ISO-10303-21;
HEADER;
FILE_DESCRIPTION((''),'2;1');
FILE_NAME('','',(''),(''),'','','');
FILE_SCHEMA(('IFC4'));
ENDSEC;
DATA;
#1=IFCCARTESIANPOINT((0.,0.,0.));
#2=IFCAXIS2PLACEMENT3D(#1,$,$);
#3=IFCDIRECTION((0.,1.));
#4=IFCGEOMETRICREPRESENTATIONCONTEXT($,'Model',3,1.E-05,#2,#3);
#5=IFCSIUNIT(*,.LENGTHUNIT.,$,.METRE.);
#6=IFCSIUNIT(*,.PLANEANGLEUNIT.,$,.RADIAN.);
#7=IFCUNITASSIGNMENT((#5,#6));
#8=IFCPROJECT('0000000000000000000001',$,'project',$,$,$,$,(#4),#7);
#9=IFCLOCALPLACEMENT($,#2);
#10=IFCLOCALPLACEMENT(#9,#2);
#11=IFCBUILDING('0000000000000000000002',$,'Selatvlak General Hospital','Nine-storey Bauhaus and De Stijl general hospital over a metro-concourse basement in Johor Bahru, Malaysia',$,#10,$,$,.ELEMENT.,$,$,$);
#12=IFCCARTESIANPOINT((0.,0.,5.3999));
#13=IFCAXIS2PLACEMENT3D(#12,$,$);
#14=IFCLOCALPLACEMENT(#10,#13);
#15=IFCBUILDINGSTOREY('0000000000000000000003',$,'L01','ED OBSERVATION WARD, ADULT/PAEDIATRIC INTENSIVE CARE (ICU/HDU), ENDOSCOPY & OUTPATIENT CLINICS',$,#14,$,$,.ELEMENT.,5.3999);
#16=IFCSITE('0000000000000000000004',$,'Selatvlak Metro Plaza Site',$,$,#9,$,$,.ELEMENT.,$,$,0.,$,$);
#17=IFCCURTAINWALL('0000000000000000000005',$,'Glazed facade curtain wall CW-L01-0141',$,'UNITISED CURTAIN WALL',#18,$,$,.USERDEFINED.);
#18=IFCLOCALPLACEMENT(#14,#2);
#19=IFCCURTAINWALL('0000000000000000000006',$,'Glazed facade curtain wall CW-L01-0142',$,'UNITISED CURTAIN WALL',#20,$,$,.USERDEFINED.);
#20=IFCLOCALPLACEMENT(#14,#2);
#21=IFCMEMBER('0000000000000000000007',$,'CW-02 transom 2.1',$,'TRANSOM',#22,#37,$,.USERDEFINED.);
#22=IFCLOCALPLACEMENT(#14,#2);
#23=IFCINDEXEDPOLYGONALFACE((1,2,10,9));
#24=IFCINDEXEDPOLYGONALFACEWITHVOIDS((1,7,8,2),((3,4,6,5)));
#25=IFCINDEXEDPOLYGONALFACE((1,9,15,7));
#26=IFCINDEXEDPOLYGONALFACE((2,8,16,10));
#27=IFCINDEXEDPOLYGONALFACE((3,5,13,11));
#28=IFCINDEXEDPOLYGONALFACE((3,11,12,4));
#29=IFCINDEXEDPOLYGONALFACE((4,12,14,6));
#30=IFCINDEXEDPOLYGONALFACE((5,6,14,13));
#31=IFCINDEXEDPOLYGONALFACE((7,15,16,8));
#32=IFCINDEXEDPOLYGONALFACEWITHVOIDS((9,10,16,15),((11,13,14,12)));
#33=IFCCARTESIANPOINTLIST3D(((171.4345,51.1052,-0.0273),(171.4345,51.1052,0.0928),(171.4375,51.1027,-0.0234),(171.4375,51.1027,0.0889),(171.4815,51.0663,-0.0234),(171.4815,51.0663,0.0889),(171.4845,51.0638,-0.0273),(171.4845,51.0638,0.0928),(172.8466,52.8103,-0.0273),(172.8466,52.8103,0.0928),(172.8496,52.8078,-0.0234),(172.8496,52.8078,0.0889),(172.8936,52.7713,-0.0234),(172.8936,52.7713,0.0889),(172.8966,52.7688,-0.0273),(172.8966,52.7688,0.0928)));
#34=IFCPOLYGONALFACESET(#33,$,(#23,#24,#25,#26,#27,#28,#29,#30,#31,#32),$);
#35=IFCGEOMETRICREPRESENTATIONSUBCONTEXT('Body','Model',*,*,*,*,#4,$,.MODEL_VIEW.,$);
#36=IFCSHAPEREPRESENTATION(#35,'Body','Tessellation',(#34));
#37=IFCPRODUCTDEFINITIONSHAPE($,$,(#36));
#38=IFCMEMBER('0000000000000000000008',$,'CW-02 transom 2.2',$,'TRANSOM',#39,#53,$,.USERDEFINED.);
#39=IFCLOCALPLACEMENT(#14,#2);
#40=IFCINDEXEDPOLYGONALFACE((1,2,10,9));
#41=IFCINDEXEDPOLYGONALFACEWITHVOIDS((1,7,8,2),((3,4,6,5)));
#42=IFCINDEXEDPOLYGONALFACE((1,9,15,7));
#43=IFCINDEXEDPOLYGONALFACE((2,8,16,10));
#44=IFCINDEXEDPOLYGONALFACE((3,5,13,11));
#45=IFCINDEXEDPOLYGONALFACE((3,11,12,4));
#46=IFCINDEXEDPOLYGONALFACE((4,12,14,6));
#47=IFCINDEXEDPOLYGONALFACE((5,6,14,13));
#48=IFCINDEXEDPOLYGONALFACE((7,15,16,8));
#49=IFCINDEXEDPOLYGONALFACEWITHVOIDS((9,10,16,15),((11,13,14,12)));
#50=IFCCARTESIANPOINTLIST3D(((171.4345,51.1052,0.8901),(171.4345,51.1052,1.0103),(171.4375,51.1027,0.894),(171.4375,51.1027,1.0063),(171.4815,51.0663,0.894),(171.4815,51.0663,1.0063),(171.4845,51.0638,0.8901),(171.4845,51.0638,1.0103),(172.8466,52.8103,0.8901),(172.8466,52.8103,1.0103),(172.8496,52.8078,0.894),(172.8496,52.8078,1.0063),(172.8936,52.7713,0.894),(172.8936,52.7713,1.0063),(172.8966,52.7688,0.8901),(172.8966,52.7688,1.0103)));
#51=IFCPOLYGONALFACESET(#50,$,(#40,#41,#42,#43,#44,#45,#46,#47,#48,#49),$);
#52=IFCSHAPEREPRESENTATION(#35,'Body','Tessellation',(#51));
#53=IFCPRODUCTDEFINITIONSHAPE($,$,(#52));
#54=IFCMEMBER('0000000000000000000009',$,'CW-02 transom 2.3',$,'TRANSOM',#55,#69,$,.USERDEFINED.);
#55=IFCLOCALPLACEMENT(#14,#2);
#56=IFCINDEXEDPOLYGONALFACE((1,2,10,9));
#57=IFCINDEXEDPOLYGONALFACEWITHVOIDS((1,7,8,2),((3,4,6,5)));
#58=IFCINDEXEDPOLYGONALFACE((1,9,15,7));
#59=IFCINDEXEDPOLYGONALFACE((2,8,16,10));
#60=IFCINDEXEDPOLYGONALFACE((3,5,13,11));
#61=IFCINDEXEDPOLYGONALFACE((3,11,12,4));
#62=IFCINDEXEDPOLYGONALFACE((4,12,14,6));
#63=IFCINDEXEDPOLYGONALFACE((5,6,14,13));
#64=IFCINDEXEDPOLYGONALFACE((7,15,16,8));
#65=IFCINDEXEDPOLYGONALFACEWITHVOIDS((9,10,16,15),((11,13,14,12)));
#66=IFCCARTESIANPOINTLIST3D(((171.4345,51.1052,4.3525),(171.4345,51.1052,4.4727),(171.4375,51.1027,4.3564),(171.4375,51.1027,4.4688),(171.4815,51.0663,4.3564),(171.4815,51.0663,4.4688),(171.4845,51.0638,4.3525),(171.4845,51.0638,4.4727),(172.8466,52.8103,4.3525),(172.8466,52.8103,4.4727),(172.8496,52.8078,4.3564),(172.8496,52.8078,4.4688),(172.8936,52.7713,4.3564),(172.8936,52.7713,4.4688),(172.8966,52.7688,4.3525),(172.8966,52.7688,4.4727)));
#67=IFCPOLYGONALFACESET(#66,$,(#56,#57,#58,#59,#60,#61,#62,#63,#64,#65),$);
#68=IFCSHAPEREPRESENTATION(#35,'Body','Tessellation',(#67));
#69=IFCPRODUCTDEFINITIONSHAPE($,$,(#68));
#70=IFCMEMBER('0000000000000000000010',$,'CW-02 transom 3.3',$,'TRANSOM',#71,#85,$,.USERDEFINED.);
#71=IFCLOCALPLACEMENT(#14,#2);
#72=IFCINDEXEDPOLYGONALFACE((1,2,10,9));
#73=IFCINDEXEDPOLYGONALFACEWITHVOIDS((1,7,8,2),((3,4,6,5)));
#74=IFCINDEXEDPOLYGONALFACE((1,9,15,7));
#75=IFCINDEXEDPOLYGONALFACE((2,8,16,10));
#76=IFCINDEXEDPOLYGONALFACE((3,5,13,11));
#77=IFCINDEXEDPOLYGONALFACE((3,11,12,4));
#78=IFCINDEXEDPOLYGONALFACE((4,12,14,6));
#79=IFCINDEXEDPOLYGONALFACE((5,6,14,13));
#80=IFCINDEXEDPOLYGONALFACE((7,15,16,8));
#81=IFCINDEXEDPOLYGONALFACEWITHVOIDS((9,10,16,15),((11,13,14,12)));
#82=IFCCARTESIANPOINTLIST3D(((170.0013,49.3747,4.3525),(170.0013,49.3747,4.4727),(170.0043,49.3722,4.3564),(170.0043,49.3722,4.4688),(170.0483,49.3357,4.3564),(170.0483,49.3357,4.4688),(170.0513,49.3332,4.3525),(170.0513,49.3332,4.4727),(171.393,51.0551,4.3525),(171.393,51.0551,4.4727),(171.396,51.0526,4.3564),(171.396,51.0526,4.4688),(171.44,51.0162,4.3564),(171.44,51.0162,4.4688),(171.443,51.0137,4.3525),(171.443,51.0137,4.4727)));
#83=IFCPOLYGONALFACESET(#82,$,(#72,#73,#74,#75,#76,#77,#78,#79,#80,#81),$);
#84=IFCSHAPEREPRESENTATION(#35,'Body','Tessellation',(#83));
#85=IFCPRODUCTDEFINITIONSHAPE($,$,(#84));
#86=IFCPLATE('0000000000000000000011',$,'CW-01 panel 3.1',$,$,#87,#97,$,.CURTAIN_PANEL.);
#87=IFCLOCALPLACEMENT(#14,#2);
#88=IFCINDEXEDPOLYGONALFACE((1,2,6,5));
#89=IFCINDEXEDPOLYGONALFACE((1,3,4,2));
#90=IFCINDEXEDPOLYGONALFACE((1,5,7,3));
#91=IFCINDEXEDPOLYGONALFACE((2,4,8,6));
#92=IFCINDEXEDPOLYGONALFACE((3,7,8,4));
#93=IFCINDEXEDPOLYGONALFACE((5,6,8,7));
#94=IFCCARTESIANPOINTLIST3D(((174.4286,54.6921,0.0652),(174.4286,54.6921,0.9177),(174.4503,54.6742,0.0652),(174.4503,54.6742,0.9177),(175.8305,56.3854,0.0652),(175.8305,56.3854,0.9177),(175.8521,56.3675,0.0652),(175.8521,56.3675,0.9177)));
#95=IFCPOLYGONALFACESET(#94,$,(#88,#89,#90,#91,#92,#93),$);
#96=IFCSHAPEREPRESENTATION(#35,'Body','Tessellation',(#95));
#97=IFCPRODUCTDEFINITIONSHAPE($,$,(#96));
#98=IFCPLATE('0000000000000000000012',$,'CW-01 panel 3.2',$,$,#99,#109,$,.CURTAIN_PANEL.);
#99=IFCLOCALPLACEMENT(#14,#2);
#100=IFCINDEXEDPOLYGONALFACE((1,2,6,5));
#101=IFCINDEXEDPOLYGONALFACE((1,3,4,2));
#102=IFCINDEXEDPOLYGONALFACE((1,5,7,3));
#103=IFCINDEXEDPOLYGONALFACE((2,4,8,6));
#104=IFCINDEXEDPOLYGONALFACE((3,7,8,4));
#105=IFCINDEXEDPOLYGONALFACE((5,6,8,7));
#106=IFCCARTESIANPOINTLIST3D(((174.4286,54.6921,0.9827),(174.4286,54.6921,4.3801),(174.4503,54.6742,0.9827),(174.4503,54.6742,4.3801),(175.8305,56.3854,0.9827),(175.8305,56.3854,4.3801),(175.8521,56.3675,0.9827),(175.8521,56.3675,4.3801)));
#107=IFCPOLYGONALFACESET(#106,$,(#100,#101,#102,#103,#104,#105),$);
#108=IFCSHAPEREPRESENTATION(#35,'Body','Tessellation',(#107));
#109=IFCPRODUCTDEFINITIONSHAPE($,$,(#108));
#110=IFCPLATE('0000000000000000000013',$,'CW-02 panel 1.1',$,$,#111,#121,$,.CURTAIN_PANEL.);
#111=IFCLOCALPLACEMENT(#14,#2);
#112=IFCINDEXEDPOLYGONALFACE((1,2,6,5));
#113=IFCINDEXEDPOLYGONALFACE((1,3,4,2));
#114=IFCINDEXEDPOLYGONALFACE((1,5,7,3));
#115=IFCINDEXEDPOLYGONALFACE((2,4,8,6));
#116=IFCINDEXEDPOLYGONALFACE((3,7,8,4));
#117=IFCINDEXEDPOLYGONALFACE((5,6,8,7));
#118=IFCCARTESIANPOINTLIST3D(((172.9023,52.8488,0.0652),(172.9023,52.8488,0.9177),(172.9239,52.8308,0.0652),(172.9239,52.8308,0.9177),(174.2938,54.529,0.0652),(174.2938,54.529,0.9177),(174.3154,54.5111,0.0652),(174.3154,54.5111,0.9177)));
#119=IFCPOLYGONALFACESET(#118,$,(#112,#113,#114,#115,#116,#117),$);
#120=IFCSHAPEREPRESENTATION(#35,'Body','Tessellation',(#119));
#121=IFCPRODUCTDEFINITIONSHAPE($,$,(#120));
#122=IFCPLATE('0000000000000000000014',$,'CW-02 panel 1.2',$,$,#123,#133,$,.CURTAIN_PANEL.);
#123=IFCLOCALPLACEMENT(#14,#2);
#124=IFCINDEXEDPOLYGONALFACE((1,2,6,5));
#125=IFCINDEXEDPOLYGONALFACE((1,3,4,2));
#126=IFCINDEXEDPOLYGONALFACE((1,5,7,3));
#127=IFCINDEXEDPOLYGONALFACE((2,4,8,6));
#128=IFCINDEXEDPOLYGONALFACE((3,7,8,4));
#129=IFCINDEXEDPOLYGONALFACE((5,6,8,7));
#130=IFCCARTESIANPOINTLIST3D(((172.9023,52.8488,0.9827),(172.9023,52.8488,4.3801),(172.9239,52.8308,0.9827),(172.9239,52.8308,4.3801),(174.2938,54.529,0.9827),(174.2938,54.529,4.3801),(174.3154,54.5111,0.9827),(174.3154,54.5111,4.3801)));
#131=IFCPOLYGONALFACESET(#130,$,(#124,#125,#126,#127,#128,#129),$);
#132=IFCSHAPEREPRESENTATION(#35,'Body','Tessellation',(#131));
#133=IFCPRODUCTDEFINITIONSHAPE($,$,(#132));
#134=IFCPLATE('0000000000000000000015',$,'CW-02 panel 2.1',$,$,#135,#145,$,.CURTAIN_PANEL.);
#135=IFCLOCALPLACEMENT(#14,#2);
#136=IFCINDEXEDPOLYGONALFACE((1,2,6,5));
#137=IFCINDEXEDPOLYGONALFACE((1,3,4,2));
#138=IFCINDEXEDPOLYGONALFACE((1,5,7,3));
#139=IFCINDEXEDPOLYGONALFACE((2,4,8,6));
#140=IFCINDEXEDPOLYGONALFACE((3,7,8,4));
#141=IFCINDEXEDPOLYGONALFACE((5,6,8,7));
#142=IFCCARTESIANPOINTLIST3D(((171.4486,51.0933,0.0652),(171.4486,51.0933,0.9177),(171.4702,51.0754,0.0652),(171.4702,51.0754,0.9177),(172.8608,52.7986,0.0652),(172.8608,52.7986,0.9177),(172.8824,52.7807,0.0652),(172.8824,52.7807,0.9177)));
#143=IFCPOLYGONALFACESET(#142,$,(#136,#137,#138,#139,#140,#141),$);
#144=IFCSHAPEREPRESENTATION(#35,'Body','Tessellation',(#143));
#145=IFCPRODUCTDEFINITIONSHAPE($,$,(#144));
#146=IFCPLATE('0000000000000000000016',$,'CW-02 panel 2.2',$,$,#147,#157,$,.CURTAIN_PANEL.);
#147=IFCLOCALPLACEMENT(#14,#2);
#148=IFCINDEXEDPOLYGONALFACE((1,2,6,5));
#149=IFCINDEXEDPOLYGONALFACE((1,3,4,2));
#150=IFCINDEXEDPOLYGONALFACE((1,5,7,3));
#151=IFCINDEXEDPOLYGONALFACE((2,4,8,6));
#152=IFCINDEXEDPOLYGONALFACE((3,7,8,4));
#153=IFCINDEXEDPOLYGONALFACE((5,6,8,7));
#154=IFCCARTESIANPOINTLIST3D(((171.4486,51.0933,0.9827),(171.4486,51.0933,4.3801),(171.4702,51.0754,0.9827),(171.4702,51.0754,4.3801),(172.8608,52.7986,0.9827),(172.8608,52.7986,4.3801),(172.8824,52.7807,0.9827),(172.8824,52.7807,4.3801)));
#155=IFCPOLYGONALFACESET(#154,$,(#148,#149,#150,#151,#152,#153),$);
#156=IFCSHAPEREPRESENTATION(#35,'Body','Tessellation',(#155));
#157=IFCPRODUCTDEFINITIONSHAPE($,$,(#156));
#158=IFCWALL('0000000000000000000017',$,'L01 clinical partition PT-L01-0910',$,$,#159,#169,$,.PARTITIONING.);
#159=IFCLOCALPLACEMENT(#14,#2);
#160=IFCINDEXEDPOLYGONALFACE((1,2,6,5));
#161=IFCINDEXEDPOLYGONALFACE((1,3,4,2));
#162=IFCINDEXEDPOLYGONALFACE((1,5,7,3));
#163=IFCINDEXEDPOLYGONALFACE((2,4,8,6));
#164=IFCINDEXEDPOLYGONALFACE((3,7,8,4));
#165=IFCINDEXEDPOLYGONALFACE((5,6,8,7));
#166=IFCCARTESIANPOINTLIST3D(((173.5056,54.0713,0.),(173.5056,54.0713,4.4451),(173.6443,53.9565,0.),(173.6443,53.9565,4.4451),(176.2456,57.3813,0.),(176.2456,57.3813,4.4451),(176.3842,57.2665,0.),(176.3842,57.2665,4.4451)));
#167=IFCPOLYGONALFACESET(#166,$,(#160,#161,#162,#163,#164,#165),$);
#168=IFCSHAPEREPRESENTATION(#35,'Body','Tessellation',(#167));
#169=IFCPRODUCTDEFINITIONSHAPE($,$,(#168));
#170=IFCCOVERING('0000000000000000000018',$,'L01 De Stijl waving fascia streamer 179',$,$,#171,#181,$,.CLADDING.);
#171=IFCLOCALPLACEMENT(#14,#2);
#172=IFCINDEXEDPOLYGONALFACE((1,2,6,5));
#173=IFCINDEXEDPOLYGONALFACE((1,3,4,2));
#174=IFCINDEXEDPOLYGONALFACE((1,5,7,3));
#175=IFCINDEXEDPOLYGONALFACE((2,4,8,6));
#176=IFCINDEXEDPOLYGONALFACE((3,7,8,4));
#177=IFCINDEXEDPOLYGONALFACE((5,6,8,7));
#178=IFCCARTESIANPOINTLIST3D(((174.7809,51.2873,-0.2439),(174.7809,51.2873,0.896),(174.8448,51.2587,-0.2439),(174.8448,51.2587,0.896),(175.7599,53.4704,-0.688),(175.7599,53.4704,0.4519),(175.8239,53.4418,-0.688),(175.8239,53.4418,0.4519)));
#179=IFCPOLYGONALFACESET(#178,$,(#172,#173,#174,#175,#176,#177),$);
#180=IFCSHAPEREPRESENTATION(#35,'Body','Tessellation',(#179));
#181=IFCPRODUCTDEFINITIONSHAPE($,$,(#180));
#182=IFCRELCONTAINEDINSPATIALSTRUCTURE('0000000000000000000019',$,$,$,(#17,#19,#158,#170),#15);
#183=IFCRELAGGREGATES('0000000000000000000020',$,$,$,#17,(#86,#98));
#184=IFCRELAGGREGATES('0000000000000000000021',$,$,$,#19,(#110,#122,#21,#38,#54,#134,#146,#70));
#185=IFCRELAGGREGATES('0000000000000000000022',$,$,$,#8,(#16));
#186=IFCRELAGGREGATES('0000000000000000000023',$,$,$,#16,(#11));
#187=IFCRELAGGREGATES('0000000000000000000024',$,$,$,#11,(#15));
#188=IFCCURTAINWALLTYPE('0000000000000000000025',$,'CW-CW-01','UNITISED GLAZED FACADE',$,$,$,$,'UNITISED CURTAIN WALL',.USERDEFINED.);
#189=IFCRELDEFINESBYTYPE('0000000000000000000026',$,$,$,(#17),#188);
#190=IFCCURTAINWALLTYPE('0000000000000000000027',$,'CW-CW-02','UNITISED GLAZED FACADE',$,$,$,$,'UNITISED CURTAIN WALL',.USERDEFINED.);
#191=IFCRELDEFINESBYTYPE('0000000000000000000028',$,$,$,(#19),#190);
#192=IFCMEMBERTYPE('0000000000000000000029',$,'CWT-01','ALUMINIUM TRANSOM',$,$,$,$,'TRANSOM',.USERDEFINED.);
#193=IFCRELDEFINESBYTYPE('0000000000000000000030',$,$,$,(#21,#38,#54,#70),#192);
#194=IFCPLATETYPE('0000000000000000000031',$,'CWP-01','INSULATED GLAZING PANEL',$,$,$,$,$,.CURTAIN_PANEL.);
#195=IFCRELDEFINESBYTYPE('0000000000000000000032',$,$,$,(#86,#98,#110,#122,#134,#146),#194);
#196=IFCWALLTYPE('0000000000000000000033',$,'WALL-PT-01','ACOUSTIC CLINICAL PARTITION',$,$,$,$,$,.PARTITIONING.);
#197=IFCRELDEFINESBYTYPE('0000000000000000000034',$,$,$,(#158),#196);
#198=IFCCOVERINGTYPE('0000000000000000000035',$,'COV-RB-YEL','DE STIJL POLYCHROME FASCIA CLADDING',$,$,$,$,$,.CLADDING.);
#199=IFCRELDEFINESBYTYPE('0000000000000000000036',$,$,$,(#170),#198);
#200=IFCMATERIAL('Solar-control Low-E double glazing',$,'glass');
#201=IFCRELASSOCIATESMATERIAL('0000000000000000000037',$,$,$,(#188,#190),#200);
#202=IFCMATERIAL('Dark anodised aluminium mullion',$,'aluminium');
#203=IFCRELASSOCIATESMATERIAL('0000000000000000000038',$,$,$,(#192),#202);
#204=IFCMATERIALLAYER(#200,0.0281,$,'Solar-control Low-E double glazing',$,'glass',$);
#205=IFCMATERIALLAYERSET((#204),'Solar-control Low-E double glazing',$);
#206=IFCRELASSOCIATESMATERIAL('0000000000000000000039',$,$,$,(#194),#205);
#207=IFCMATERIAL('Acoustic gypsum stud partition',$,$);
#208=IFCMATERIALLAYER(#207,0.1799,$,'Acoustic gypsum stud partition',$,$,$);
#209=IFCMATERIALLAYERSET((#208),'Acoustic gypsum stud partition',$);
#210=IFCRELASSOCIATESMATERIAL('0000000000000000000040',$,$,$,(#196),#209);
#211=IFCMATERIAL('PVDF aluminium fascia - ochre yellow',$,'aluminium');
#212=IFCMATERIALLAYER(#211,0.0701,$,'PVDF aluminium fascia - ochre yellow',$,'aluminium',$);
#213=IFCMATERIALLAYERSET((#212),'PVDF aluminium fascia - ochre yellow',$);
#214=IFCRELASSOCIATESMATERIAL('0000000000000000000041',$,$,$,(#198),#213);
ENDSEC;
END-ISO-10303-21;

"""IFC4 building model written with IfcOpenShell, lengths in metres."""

from ifc_helpers import new_model, si_unit, direction, frame, frame_2d, origin, origin_2d, place, context, subcontext, project, spatial, polyline, rectangle, hollow_rectangle, outline, extrude, material, layer, layer_set, material_profile, profile_set, type_object, element, aggregate, save


model = new_model("IFC4")

# Units and contexts
model_context = context("Model", 3, precision=1e-05, world=origin(), true_north=direction((0.0, 1.0)))
body_context = subcontext(model_context, "Body", "Model", "MODEL_VIEW")
ifc_project = project(units=[si_unit("LENGTHUNIT", "METRE"), si_unit("PLANEANGLEUNIT", "RADIAN")], contexts=[model_context])

# Site, building, storey
site_placement = place(None, origin())
site = spatial("IfcSite", under=ifc_project, at=site_placement, Name="Selatvlak Metro Plaza Site", CompositionType="ELEMENT", RefElevation=0.0)
building_placement = place(site_placement, origin())
building = spatial("IfcBuilding", under=site, at=building_placement, Name="Selatvlak General Hospital", Description="Nine-storey Bauhaus and De Stijl general hospital over a metro-concourse basement in Johor Bahru, Malaysia", CompositionType="ELEMENT")
storey_placement = place(building_placement, frame((0.0, 0.0, 5.3999)))
storey = spatial("IfcBuildingStorey", under=building, at=storey_placement, Name="L01", Description="ED OBSERVATION WARD, ADULT/PAEDIATRIC INTENSIVE CARE (ICU/HDU), ENDOSCOPY & OUTPATIENT CLINICS", CompositionType="ELEMENT", Elevation=5.3999)

# Curtain walls
ifc_material_1 = material(Name="Solar-control Low-E double glazing", Category="glass")
curtain_wall_type_1 = type_object("IfcCurtainWallType", Name="CW-CW-01", Description="UNITISED GLAZED FACADE", ElementType="UNITISED CURTAIN WALL", PredefinedType="USERDEFINED", material=ifc_material_1)
curtain_wall_1_placement = place(storey_placement, origin())
curtain_wall_1 = element("IfcCurtainWall", 1, at=curtain_wall_1_placement, inside=storey, type_object=curtain_wall_type_1, Name="Glazed facade curtain wall CW-L01-0141", ObjectType="UNITISED CURTAIN WALL", PredefinedType="USERDEFINED")
ifc_material_2 = material(Name="Dark anodised aluminium mullion", Category="aluminium")
curtain_wall_type_2 = type_object("IfcCurtainWallType", Name="CW-CW-02", Description="UNITISED GLAZED FACADE", ElementType="UNITISED CURTAIN WALL", PredefinedType="USERDEFINED", material=ifc_material_1)
curtain_wall_2_placement = place(storey_placement, origin())
curtain_wall_2 = element("IfcCurtainWall", 2, at=curtain_wall_2_placement, inside=storey, type_object=curtain_wall_type_2, Name="Glazed facade curtain wall CW-L01-0142", ObjectType="UNITISED CURTAIN WALL", PredefinedType="USERDEFINED")

# Members
ifc_material_profile_1 = material_profile(ifc_material_2, hollow_rectangle(XDim=0.0649, YDim=0.1201, WallThickness=0.0039, at=origin_2d()), Name="AL-TRN 65x120x4")
ifc_profile_set_1 = profile_set([ifc_material_profile_1], Name="Dark anodised aluminium mullion")
member_type_1 = type_object("IfcMemberType", Name="CWT-01", Description="ALUMINIUM TRANSOM", ElementType="TRANSOM", PredefinedType="USERDEFINED", material=ifc_profile_set_1)
member_1_placement = place(storey_placement, frame((172.8716, 52.7896, 0.0327), z_axis=(-0.637839, -0.77017, 0.0), x_axis=(0.77017, -0.637839, 0.0)))
member_1 = element("IfcMember", 3, at=member_1_placement, type_object=member_type_1, Name="CW-02 transom 2.1", ObjectType="TRANSOM", PredefinedType="USERDEFINED", context=body_context, shape_type="SweptSolid", body=[
    extrude(hollow_rectangle(XDim=0.0649, YDim=0.1201, WallThickness=0.0039, at=origin_2d()), origin(), (0.0, 0.0, 1.0), 2.2139),
])
member_2_placement = place(storey_placement, frame((172.8716, 52.7896, 0.9502), z_axis=(-0.637839, -0.77017, 0.0), x_axis=(0.77017, -0.637839, 0.0)))
member_2 = element("IfcMember", 4, at=member_2_placement, type_object=member_type_1, Name="CW-02 transom 2.2", ObjectType="TRANSOM", PredefinedType="USERDEFINED", context=body_context, shape_type="SweptSolid", body=[
    extrude(hollow_rectangle(XDim=0.0649, YDim=0.1201, WallThickness=0.0039, at=origin_2d()), origin(), (0.0, 0.0, 1.0), 2.2139),
])
member_3_placement = place(storey_placement, frame((172.8716, 52.7896, 4.4126), z_axis=(-0.637839, -0.77017, 0.0), x_axis=(0.77017, -0.637839, 0.0)))
member_3 = element("IfcMember", 5, at=member_3_placement, type_object=member_type_1, Name="CW-02 transom 2.3", ObjectType="TRANSOM", PredefinedType="USERDEFINED", context=body_context, shape_type="SweptSolid", body=[
    extrude(hollow_rectangle(XDim=0.0649, YDim=0.1201, WallThickness=0.0039, at=origin_2d()), origin(), (0.0, 0.0, 1.0), 2.2139),
])
member_4_placement = place(storey_placement, frame((171.418, 51.0344, 4.4126), z_axis=(-0.637815, -0.77019, 0.0), x_axis=(0.77019, -0.637815, 0.0)))
member_4 = element("IfcMember", 6, at=member_4_placement, type_object=member_type_1, Name="CW-02 transom 3.3", ObjectType="TRANSOM", PredefinedType="USERDEFINED", context=body_context, shape_type="SweptSolid", body=[
    extrude(hollow_rectangle(XDim=0.0649, YDim=0.1201, WallThickness=0.0039, at=origin_2d()), origin(), (0.0, 0.0, 1.0), 2.1819),
])

# Plates
ifc_layer_1 = layer(ifc_material_1, 0.0281, Name="Solar-control Low-E double glazing", Category="glass")
ifc_layer_set_1 = layer_set([ifc_layer_1], Name="Solar-control Low-E double glazing")
plate_type = type_object("IfcPlateType", Name="CWP-01", Description="INSULATED GLAZING PANEL", PredefinedType="CURTAIN_PANEL", material=ifc_layer_set_1)
plate_1_placement = place(storey_placement, frame((175.1404, 55.5298, 0.0652), z_axis=(0.0, 0.0, 1.0), x_axis=(-0.63771, -0.770276, 0.0)))
plate_1 = element("IfcPlate", 7, at=plate_1_placement, type_object=plate_type, Name="CW-01 panel 3.1", PredefinedType="CURTAIN_PANEL", context=body_context, shape_type="SweptSolid", body=[
    extrude(rectangle(XDim=2.1982, YDim=0.0281, at=origin_2d()), origin(), (0.0, 0.0, 1.0), 0.8525),
])
plate_2_placement = place(storey_placement, frame((175.1404, 55.5298, 0.9827), z_axis=(0.0, 0.0, 1.0), x_axis=(-0.63771, -0.770276, 0.0)))
plate_2 = element("IfcPlate", 8, at=plate_2_placement, type_object=plate_type, Name="CW-01 panel 3.2", PredefinedType="CURTAIN_PANEL", context=body_context, shape_type="SweptSolid", body=[
    extrude(rectangle(XDim=2.1982, YDim=0.0281, at=origin_2d()), origin(), (0.0, 0.0, 1.0), 3.3975),
])
aggregate(curtain_wall_1, [plate_1, plate_2])
plate_3_placement = place(storey_placement, frame((173.6089, 53.6799, 0.0652), z_axis=(0.0, 0.0, 1.0), x_axis=(-0.637822, -0.770184, 0.0)))
plate_3 = element("IfcPlate", 9, at=plate_3_placement, type_object=plate_type, Name="CW-02 panel 1.1", PredefinedType="CURTAIN_PANEL", context=body_context, shape_type="SweptSolid", body=[
    extrude(rectangle(XDim=2.1816, YDim=0.0281, at=origin_2d()), origin(), (0.0, 0.0, 1.0), 0.8525),
])
plate_4_placement = place(storey_placement, frame((173.6089, 53.6799, 0.9827), z_axis=(0.0, 0.0, 1.0), x_axis=(-0.637822, -0.770184, 0.0)))
plate_4 = element("IfcPlate", 10, at=plate_4_placement, type_object=plate_type, Name="CW-02 panel 1.2", PredefinedType="CURTAIN_PANEL", context=body_context, shape_type="SweptSolid", body=[
    extrude(rectangle(XDim=2.1816, YDim=0.0281, at=origin_2d()), origin(), (0.0, 0.0, 1.0), 3.3975),
])
plate_5_placement = place(storey_placement, frame((172.1655, 51.937, 0.0652), z_axis=(0.0, 0.0, 1.0), x_axis=(-0.637822, -0.770184, 0.0)))
plate_5 = element("IfcPlate", 11, at=plate_5_placement, type_object=plate_type, Name="CW-02 panel 2.1", PredefinedType="CURTAIN_PANEL", context=body_context, shape_type="SweptSolid", body=[
    extrude(rectangle(XDim=2.2141, YDim=0.0281, at=origin_2d()), origin(), (0.0, 0.0, 1.0), 0.8525),
])
plate_6_placement = place(storey_placement, frame((172.1655, 51.937, 0.9827), z_axis=(0.0, 0.0, 1.0), x_axis=(-0.637822, -0.770184, 0.0)))
plate_6 = element("IfcPlate", 12, at=plate_6_placement, type_object=plate_type, Name="CW-02 panel 2.2", PredefinedType="CURTAIN_PANEL", context=body_context, shape_type="SweptSolid", body=[
    extrude(rectangle(XDim=2.2141, YDim=0.0281, at=origin_2d()), origin(), (0.0, 0.0, 1.0), 3.3975),
])
aggregate(curtain_wall_2, [plate_3, plate_4, member_1, member_2, member_3, plate_5, plate_6, member_4])

# Wall
ifc_material_3 = material(Name="Acoustic gypsum stud partition")
ifc_layer_2 = layer(ifc_material_3, 0.1799, Name="Acoustic gypsum stud partition")
ifc_layer_set_2 = layer_set([ifc_layer_2], Name="Acoustic gypsum stud partition")
wall_type = type_object("IfcWallType", Name="WALL-PT-01", Description="ACOUSTIC CLINICAL PARTITION", PredefinedType="PARTITIONING", material=ifc_layer_set_2)
wall_placement = place(storey_placement, frame((173.575, 54.0139, 0.0), z_axis=(0.0, 0.0, 1.0), x_axis=(0.637655, 0.770322, 0.0)))
element("IfcWall", 13, at=wall_placement, inside=storey, type_object=wall_type, Name="L01 clinical partition PT-L01-0910", PredefinedType="PARTITIONING", context=body_context, shape_type="SweptSolid", body=[
    extrude(rectangle(XDim=4.2969, YDim=0.1799, at=frame_2d((2.1484, 0.0))), origin(), (0.0, 0.0, 1.0), 4.4451),
])

# Covering
ifc_material_4 = material(Name="PVDF aluminium fascia - ochre yellow", Category="aluminium")
ifc_layer_3 = layer(ifc_material_4, 0.0701, Name="PVDF aluminium fascia - ochre yellow", Category="aluminium")
ifc_layer_set_3 = layer_set([ifc_layer_3], Name="PVDF aluminium fascia - ochre yellow")
covering_type = type_object("IfcCoveringType", Name="COV-RB-YEL", Description="DE STIJL POLYCHROME FASCIA CLADDING", PredefinedType="CLADDING", material=ifc_layer_set_3)
covering_1_placement = place(storey_placement, frame((174.813, 51.2729, -0.2439), z_axis=(0.0, 0.0, 1.0), x_axis=(0.409185, 0.912452, 0.0)))
element("IfcCovering", 14, at=covering_1_placement, inside=storey, type_object=covering_type, Name="L01 De Stijl waving fascia streamer 179", PredefinedType="CLADDING", context=body_context, shape_type="SweptSolid", body=[
    extrude(outline(polyline([(0.0, 0.0), (2.3926, -0.4441), (2.3926, 0.6958), (0.0, 1.1399), (0.0, 0.0)])), frame((0.0, 0.0352, 0.0), z_axis=(0.0, -1.0, 0.0), x_axis=(1.0, 0.0, 0.0)), (0.0, 0.0, 1.0), 0.0701),
])

save(model, "model.ifc")
